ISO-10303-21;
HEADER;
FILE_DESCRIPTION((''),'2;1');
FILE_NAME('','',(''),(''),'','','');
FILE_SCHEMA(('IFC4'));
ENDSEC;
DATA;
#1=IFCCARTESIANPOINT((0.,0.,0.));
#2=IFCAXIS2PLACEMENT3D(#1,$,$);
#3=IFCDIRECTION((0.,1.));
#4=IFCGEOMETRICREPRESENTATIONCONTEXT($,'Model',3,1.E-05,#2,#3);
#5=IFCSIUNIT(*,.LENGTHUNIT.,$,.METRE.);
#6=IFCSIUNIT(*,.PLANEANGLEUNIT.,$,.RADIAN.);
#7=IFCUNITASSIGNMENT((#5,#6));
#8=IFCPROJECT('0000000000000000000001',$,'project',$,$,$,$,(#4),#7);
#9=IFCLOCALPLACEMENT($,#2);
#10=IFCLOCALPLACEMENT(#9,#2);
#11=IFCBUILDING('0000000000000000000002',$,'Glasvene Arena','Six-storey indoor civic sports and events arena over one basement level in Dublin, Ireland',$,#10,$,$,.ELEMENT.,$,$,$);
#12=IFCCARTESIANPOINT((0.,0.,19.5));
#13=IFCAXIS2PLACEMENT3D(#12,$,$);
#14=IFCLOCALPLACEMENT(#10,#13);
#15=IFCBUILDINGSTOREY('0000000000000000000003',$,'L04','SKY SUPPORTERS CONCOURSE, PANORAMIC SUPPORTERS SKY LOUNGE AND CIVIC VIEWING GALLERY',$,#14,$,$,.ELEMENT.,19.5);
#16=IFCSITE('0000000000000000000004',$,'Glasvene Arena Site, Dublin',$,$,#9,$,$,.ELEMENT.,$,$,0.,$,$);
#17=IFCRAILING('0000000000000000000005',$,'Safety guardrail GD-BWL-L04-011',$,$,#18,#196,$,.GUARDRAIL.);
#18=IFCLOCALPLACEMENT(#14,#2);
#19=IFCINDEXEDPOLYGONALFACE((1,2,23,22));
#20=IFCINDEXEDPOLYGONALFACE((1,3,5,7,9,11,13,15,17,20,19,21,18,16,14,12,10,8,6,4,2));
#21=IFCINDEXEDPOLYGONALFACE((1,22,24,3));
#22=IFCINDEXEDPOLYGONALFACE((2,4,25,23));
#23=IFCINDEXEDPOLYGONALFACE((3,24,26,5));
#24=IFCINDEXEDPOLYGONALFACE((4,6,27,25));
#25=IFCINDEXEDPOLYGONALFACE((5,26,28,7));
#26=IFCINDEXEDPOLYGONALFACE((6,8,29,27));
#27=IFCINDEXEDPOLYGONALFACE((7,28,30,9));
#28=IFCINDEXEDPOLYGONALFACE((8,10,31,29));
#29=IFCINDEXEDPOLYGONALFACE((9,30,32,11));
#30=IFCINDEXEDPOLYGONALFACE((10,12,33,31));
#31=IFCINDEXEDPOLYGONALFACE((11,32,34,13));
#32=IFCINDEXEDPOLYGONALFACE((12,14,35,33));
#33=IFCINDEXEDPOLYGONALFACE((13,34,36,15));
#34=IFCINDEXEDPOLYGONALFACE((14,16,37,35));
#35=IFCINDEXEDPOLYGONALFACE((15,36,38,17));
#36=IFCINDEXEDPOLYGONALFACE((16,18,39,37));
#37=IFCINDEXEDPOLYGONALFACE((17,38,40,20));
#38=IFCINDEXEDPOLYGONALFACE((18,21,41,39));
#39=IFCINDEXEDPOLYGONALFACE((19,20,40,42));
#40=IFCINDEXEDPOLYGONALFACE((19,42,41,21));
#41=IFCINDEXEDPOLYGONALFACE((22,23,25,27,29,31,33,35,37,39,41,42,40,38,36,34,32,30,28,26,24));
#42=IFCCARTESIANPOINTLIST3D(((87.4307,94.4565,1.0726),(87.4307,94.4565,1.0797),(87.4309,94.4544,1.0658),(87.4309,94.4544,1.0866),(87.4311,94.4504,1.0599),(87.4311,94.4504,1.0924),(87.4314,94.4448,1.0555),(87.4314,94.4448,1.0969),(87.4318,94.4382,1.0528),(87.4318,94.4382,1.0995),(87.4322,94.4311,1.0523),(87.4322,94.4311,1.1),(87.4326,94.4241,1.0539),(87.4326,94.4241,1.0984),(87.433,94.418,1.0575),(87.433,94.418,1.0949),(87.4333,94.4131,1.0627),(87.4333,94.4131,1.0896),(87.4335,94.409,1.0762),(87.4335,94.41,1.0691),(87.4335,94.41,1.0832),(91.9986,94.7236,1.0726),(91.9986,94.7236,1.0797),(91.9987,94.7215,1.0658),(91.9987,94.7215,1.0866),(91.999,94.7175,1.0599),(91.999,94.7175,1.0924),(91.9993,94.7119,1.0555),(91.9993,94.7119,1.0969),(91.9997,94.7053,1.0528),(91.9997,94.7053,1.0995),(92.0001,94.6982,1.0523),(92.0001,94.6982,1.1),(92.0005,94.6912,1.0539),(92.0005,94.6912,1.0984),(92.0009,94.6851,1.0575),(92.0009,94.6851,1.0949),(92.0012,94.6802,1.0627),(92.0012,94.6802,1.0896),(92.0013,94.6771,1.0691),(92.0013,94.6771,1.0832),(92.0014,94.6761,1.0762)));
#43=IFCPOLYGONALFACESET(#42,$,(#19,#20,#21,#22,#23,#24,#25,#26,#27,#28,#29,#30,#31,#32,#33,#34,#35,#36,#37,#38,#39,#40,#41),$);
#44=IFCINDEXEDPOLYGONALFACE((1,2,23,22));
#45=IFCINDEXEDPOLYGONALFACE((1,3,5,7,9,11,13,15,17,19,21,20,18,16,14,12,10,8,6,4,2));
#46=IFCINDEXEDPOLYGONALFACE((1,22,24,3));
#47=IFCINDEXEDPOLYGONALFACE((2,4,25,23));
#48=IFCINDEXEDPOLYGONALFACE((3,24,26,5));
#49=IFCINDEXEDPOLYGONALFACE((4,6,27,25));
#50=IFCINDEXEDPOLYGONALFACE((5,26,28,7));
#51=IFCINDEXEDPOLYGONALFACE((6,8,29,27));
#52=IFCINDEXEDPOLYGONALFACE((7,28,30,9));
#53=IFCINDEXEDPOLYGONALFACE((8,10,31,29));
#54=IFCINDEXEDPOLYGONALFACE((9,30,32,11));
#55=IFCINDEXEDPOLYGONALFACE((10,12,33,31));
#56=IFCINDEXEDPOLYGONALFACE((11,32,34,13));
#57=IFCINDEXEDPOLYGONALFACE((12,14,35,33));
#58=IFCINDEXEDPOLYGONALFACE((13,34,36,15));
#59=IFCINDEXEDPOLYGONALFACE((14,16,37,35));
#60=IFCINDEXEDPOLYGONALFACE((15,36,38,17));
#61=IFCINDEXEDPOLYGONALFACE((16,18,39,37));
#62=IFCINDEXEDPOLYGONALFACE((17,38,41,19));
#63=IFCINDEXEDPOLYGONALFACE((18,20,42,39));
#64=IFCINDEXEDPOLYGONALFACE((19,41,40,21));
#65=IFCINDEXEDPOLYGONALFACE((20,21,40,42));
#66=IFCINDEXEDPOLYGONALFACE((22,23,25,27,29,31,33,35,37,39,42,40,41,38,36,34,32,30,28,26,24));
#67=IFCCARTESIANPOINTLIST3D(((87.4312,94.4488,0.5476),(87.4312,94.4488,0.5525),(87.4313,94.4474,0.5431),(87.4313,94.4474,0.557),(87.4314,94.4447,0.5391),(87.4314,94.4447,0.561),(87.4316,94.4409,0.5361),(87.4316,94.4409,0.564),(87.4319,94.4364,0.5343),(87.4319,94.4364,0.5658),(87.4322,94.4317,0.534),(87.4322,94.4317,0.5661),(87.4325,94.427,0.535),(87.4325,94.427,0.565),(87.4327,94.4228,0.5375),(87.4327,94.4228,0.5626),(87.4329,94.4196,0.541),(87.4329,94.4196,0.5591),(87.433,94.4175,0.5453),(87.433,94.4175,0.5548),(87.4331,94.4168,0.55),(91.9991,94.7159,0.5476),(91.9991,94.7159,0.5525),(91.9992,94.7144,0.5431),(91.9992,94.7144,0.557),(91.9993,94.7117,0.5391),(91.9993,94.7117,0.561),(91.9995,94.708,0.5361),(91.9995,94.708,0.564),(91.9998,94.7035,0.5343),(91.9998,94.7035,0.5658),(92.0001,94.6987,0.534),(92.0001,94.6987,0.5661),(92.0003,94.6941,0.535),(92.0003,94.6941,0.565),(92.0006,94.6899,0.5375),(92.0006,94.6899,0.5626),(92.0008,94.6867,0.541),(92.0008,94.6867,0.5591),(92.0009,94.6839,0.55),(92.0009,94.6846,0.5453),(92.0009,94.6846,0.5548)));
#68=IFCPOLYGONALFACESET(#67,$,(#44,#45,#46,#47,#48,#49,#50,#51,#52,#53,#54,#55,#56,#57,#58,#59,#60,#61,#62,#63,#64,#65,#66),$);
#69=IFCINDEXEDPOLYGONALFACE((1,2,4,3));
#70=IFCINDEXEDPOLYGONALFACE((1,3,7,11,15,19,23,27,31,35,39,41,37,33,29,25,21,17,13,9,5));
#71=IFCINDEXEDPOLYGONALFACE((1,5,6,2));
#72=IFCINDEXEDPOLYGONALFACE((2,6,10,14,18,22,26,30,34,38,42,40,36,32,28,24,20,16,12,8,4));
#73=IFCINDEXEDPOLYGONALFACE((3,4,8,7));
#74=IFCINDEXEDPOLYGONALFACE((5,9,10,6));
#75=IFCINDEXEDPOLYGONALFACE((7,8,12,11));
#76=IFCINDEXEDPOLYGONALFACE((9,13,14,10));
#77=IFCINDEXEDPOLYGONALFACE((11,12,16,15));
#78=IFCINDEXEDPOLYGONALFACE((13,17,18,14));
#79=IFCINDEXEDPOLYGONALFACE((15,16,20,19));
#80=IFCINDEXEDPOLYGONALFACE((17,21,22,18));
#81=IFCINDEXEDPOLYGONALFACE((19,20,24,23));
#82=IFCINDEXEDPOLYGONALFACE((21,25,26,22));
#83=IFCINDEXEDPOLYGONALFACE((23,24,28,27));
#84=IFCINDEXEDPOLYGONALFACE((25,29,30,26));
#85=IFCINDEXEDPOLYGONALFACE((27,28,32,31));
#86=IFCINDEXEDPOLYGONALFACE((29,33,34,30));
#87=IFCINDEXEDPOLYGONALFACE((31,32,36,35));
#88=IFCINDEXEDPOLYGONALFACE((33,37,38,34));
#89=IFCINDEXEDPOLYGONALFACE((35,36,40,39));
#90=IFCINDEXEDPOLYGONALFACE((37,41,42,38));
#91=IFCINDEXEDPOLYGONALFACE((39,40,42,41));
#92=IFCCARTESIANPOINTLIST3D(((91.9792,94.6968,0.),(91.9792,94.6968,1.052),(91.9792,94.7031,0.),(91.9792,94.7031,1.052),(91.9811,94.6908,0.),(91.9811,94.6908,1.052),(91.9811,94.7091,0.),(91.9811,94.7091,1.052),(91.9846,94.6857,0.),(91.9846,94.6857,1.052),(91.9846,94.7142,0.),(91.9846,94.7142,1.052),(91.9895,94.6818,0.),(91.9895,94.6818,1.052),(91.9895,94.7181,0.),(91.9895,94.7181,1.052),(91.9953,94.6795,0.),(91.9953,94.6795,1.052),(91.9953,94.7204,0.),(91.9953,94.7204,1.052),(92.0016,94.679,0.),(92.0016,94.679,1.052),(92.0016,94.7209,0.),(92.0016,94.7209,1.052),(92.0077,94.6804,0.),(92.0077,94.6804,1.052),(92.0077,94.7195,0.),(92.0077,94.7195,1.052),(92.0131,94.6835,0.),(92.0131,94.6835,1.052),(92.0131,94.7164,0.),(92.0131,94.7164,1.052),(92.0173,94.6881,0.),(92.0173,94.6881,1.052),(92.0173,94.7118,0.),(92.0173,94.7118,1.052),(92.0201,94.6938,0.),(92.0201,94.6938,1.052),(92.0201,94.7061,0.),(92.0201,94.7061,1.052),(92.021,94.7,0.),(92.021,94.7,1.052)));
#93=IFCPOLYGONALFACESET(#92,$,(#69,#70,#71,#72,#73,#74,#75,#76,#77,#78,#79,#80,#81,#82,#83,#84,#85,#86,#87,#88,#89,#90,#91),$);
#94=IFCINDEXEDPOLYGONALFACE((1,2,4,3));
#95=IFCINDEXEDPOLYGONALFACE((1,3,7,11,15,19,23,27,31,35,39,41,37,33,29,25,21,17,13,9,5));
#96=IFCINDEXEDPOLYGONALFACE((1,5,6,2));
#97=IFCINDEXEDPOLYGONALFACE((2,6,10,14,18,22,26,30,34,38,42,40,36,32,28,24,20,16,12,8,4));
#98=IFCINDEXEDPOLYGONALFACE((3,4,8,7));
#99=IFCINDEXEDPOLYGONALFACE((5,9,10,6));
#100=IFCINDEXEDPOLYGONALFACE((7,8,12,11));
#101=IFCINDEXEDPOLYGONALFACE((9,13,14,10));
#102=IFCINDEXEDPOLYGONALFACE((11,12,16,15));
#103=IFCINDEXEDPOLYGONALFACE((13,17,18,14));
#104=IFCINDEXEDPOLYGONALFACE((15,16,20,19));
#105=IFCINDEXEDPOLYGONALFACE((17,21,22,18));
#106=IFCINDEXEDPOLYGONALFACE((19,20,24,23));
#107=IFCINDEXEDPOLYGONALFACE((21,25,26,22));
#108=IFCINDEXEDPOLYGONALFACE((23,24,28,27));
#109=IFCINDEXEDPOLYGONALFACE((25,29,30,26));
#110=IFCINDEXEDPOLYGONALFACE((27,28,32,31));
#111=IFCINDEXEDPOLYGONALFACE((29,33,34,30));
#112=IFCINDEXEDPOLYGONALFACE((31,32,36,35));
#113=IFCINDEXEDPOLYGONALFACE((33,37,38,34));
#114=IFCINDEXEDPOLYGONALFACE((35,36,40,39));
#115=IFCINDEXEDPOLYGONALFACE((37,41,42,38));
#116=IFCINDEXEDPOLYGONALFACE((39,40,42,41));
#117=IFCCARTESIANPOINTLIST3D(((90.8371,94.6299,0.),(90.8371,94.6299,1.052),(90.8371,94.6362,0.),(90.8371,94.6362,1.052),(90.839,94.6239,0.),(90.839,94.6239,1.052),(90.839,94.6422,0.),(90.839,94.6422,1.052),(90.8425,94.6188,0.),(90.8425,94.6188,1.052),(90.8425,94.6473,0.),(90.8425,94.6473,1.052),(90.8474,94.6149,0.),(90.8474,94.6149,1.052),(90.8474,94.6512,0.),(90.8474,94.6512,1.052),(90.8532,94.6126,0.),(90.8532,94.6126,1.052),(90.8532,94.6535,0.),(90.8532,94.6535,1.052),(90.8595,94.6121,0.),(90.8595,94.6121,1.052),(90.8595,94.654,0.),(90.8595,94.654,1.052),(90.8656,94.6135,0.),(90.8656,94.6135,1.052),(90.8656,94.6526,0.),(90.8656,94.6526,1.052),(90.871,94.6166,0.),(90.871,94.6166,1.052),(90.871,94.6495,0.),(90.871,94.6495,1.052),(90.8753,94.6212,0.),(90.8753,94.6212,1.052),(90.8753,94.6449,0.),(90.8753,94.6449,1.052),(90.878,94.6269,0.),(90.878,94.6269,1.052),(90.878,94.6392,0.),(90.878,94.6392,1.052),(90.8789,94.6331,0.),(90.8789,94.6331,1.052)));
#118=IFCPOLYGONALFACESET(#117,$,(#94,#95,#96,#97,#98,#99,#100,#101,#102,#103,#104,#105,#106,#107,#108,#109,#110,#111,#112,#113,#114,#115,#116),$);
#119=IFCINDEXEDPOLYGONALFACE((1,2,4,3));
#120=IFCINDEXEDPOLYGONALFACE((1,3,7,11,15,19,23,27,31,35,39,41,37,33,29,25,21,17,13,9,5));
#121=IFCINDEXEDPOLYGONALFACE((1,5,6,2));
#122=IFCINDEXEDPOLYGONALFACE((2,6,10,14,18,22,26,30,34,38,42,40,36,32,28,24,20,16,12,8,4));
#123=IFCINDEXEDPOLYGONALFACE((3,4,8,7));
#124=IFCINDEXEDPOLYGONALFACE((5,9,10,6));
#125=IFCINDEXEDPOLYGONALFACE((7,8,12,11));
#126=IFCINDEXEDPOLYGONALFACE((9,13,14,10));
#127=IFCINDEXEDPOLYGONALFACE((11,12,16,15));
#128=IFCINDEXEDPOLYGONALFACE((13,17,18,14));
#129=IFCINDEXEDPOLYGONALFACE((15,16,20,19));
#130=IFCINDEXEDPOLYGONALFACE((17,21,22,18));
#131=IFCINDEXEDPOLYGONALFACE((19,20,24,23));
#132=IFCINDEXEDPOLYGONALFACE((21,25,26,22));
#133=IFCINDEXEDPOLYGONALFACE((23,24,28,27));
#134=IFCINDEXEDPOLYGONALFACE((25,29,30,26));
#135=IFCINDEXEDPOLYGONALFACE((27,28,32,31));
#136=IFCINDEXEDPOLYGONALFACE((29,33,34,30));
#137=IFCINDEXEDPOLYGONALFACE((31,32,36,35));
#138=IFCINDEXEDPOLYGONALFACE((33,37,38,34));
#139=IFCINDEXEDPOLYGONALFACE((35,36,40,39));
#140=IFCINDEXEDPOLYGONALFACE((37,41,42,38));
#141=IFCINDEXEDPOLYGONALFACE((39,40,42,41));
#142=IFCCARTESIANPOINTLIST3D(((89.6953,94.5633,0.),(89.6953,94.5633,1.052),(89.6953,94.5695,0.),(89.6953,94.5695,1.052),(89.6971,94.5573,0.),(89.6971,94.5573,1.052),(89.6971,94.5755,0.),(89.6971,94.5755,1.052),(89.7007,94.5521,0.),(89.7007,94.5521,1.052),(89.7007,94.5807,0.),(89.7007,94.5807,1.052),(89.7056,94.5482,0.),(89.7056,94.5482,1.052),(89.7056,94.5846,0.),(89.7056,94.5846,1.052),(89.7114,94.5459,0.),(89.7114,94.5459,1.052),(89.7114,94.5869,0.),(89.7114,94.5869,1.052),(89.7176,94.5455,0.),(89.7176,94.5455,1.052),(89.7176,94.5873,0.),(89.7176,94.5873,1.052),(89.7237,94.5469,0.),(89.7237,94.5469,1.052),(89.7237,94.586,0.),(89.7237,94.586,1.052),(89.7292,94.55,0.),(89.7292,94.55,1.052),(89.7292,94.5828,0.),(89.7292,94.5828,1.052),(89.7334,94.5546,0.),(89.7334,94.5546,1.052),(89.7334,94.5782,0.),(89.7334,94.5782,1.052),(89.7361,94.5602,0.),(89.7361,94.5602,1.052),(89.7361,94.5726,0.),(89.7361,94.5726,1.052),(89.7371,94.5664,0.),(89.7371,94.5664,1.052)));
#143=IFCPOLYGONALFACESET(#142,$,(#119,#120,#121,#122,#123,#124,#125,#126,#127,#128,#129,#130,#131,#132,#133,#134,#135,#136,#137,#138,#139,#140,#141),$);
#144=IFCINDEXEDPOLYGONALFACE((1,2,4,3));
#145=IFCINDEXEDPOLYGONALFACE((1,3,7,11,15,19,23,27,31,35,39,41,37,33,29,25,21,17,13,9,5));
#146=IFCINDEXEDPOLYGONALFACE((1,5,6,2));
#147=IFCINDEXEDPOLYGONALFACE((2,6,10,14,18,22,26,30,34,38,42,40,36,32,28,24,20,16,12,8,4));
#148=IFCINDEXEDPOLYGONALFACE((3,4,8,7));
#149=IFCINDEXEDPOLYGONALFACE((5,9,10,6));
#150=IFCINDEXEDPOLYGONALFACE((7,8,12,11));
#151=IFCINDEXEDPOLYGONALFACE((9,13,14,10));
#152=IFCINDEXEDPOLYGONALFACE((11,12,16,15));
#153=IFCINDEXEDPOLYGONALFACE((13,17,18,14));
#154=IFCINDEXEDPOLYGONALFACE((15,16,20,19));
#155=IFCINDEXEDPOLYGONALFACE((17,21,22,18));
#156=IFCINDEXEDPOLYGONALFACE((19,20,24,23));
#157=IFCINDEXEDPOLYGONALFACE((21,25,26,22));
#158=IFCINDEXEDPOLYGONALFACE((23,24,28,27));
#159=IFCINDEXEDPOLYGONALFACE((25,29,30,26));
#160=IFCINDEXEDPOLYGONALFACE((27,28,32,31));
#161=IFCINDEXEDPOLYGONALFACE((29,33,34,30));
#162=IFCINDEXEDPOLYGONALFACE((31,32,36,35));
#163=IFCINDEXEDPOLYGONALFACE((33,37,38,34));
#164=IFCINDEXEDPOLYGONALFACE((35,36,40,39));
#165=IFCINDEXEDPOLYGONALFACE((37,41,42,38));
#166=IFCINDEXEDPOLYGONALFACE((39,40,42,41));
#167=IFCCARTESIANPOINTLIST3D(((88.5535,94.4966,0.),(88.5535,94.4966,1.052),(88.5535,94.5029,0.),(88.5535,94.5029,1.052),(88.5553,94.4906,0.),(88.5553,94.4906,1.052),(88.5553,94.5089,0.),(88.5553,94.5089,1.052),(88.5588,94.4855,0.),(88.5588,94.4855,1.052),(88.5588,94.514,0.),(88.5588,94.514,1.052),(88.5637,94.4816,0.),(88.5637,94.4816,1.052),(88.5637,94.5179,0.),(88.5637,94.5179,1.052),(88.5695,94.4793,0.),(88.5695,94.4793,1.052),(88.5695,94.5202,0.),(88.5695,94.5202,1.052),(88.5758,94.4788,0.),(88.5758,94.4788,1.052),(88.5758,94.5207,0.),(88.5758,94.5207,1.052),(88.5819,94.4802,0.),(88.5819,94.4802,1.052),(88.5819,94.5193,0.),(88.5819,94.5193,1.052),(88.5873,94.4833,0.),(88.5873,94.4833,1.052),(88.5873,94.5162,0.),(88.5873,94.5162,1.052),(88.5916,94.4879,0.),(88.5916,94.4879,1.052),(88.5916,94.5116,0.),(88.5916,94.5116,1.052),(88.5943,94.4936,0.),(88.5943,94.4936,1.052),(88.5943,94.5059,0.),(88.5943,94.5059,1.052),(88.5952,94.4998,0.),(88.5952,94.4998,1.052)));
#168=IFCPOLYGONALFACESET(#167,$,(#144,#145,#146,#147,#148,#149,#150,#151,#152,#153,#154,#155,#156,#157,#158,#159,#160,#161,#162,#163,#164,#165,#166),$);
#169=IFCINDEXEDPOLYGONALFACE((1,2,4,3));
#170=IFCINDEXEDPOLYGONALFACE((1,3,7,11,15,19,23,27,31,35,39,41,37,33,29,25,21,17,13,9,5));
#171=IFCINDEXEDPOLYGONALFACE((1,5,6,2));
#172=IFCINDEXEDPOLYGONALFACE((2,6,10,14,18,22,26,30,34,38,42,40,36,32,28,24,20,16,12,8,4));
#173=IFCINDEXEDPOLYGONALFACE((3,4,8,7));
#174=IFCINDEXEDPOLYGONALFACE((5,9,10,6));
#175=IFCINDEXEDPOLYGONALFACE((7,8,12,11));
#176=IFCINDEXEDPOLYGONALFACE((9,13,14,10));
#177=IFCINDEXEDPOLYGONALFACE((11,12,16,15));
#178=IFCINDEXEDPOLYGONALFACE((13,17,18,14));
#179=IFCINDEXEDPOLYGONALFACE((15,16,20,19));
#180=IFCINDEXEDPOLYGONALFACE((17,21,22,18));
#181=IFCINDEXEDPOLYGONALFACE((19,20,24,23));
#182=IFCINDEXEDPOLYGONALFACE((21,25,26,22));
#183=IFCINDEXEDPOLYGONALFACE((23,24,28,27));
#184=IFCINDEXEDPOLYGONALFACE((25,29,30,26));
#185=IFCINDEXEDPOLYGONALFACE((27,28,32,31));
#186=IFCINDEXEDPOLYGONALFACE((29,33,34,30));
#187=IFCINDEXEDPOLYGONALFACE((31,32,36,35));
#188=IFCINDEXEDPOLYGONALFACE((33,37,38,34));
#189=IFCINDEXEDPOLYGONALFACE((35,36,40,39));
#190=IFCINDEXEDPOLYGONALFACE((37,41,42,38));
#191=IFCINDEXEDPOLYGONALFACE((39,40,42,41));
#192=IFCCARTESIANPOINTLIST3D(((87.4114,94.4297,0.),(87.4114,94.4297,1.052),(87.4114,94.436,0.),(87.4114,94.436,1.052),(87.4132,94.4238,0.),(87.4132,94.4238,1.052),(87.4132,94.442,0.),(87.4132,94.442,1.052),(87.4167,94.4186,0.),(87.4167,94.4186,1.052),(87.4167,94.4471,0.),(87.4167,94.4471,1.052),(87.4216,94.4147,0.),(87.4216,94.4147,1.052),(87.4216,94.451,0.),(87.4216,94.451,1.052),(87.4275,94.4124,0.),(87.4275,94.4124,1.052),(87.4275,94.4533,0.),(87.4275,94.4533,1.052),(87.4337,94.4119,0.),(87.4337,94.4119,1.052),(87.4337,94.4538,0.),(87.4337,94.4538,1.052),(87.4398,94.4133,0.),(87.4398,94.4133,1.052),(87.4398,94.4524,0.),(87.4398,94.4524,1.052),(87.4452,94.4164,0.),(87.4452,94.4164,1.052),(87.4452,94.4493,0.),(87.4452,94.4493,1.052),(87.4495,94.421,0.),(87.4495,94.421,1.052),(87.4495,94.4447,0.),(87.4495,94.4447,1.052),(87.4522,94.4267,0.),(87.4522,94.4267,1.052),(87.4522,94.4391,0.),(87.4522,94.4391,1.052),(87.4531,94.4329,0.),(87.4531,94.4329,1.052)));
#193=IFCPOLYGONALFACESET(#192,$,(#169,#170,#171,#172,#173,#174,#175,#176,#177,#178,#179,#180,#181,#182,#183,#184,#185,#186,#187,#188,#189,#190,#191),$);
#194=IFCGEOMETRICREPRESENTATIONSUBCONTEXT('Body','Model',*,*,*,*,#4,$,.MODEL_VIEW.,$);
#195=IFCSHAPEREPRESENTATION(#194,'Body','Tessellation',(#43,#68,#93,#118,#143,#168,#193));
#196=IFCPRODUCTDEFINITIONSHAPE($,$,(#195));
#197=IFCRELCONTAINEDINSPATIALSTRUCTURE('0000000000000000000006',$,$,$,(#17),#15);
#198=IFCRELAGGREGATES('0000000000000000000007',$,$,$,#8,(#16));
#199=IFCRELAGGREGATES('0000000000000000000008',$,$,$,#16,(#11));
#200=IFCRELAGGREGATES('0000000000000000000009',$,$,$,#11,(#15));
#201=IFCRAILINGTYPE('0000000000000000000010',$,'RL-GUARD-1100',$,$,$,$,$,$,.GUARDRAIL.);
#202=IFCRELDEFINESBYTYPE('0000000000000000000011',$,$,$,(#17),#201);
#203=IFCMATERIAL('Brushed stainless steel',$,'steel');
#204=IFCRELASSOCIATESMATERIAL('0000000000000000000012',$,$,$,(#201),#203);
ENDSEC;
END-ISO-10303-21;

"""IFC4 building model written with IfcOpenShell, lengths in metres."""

from ifc_helpers import new_model, si_unit, direction, frame, origin, origin_2d, place, context, subcontext, project, spatial, circle, extrude, material, type_object, element, save


model = new_model("IFC4")

# Units and contexts
model_context = context("Model", 3, precision=1e-05, world=origin(), true_north=direction((0.0, 1.0)))
body_context = subcontext(model_context, "Body", "Model", "MODEL_VIEW")
ifc_project = project(units=[si_unit("LENGTHUNIT", "METRE"), si_unit("PLANEANGLEUNIT", "RADIAN")], contexts=[model_context])

# Site, building, storey
site_placement = place(None, origin())
site = spatial("IfcSite", under=ifc_project, at=site_placement, Name="Glasvene Arena Site, Dublin", CompositionType="ELEMENT", RefElevation=0.0)
building_placement = place(site_placement, origin())
building = spatial("IfcBuilding", under=site, at=building_placement, Name="Glasvene Arena", Description="Six-storey indoor civic sports and events arena over one basement level in Dublin, Ireland", CompositionType="ELEMENT")
storey_placement = place(building_placement, frame((0.0, 0.0, 19.5)))
storey = spatial("IfcBuildingStorey", under=building, at=storey_placement, Name="L04", Description="SKY SUPPORTERS CONCOURSE, PANORAMIC SUPPORTERS SKY LOUNGE AND CIVIC VIEWING GALLERY", CompositionType="ELEMENT", Elevation=19.5)

# Railing
ifc_material_1 = material(Name="Brushed stainless steel", Category="steel")
railing_type = type_object("IfcRailingType", Name="RL-GUARD-1100", PredefinedType="GUARDRAIL", material=ifc_material_1)
railing_1_placement = place(storey_placement, frame((92.0, 94.7, 0.0)))
element("IfcRailing", 1, at=railing_1_placement, inside=storey, type_object=railing_type, Name="Safety guardrail GD-BWL-L04-011", PredefinedType="GUARDRAIL", context=body_context, shape_type="SweptSolid", body=[
    extrude(circle(Radius=0.0239, at=origin_2d()), frame((0.0, 0.0, 1.0762), z_axis=(-0.998295, -0.058372, 0.0), x_axis=(0.058372, -0.998295, 0.0)), (0.0, 0.0, 1.0), 4.5757),
    extrude(circle(Radius=0.0161, at=origin_2d()), frame((0.0, 0.0, 0.55), z_axis=(-0.998295, -0.058372, 0.0), x_axis=(0.058372, -0.998295, 0.0)), (0.0, 0.0, 1.0), 4.5757),
    extrude(circle(Radius=0.021, at=origin_2d()), origin(), (0.0, 0.0, 1.0), 1.052),
    extrude(circle(Radius=0.021, at=origin_2d()), frame((-1.1421, -0.0669, 0.0)), (0.0, 0.0, 1.0), 1.052),
    extrude(circle(Radius=0.021, at=origin_2d()), frame((-2.2839, -0.1335, 0.0)), (0.0, 0.0, 1.0), 1.052),
    extrude(circle(Radius=0.021, at=origin_2d()), frame((-3.4258, -0.2002, 0.0)), (0.0, 0.0, 1.0), 1.052),
    extrude(circle(Radius=0.021, at=origin_2d()), frame((-4.5679, -0.2671, 0.0)), (0.0, 0.0, 1.0), 1.052),
])

save(model, "model.ifc")
